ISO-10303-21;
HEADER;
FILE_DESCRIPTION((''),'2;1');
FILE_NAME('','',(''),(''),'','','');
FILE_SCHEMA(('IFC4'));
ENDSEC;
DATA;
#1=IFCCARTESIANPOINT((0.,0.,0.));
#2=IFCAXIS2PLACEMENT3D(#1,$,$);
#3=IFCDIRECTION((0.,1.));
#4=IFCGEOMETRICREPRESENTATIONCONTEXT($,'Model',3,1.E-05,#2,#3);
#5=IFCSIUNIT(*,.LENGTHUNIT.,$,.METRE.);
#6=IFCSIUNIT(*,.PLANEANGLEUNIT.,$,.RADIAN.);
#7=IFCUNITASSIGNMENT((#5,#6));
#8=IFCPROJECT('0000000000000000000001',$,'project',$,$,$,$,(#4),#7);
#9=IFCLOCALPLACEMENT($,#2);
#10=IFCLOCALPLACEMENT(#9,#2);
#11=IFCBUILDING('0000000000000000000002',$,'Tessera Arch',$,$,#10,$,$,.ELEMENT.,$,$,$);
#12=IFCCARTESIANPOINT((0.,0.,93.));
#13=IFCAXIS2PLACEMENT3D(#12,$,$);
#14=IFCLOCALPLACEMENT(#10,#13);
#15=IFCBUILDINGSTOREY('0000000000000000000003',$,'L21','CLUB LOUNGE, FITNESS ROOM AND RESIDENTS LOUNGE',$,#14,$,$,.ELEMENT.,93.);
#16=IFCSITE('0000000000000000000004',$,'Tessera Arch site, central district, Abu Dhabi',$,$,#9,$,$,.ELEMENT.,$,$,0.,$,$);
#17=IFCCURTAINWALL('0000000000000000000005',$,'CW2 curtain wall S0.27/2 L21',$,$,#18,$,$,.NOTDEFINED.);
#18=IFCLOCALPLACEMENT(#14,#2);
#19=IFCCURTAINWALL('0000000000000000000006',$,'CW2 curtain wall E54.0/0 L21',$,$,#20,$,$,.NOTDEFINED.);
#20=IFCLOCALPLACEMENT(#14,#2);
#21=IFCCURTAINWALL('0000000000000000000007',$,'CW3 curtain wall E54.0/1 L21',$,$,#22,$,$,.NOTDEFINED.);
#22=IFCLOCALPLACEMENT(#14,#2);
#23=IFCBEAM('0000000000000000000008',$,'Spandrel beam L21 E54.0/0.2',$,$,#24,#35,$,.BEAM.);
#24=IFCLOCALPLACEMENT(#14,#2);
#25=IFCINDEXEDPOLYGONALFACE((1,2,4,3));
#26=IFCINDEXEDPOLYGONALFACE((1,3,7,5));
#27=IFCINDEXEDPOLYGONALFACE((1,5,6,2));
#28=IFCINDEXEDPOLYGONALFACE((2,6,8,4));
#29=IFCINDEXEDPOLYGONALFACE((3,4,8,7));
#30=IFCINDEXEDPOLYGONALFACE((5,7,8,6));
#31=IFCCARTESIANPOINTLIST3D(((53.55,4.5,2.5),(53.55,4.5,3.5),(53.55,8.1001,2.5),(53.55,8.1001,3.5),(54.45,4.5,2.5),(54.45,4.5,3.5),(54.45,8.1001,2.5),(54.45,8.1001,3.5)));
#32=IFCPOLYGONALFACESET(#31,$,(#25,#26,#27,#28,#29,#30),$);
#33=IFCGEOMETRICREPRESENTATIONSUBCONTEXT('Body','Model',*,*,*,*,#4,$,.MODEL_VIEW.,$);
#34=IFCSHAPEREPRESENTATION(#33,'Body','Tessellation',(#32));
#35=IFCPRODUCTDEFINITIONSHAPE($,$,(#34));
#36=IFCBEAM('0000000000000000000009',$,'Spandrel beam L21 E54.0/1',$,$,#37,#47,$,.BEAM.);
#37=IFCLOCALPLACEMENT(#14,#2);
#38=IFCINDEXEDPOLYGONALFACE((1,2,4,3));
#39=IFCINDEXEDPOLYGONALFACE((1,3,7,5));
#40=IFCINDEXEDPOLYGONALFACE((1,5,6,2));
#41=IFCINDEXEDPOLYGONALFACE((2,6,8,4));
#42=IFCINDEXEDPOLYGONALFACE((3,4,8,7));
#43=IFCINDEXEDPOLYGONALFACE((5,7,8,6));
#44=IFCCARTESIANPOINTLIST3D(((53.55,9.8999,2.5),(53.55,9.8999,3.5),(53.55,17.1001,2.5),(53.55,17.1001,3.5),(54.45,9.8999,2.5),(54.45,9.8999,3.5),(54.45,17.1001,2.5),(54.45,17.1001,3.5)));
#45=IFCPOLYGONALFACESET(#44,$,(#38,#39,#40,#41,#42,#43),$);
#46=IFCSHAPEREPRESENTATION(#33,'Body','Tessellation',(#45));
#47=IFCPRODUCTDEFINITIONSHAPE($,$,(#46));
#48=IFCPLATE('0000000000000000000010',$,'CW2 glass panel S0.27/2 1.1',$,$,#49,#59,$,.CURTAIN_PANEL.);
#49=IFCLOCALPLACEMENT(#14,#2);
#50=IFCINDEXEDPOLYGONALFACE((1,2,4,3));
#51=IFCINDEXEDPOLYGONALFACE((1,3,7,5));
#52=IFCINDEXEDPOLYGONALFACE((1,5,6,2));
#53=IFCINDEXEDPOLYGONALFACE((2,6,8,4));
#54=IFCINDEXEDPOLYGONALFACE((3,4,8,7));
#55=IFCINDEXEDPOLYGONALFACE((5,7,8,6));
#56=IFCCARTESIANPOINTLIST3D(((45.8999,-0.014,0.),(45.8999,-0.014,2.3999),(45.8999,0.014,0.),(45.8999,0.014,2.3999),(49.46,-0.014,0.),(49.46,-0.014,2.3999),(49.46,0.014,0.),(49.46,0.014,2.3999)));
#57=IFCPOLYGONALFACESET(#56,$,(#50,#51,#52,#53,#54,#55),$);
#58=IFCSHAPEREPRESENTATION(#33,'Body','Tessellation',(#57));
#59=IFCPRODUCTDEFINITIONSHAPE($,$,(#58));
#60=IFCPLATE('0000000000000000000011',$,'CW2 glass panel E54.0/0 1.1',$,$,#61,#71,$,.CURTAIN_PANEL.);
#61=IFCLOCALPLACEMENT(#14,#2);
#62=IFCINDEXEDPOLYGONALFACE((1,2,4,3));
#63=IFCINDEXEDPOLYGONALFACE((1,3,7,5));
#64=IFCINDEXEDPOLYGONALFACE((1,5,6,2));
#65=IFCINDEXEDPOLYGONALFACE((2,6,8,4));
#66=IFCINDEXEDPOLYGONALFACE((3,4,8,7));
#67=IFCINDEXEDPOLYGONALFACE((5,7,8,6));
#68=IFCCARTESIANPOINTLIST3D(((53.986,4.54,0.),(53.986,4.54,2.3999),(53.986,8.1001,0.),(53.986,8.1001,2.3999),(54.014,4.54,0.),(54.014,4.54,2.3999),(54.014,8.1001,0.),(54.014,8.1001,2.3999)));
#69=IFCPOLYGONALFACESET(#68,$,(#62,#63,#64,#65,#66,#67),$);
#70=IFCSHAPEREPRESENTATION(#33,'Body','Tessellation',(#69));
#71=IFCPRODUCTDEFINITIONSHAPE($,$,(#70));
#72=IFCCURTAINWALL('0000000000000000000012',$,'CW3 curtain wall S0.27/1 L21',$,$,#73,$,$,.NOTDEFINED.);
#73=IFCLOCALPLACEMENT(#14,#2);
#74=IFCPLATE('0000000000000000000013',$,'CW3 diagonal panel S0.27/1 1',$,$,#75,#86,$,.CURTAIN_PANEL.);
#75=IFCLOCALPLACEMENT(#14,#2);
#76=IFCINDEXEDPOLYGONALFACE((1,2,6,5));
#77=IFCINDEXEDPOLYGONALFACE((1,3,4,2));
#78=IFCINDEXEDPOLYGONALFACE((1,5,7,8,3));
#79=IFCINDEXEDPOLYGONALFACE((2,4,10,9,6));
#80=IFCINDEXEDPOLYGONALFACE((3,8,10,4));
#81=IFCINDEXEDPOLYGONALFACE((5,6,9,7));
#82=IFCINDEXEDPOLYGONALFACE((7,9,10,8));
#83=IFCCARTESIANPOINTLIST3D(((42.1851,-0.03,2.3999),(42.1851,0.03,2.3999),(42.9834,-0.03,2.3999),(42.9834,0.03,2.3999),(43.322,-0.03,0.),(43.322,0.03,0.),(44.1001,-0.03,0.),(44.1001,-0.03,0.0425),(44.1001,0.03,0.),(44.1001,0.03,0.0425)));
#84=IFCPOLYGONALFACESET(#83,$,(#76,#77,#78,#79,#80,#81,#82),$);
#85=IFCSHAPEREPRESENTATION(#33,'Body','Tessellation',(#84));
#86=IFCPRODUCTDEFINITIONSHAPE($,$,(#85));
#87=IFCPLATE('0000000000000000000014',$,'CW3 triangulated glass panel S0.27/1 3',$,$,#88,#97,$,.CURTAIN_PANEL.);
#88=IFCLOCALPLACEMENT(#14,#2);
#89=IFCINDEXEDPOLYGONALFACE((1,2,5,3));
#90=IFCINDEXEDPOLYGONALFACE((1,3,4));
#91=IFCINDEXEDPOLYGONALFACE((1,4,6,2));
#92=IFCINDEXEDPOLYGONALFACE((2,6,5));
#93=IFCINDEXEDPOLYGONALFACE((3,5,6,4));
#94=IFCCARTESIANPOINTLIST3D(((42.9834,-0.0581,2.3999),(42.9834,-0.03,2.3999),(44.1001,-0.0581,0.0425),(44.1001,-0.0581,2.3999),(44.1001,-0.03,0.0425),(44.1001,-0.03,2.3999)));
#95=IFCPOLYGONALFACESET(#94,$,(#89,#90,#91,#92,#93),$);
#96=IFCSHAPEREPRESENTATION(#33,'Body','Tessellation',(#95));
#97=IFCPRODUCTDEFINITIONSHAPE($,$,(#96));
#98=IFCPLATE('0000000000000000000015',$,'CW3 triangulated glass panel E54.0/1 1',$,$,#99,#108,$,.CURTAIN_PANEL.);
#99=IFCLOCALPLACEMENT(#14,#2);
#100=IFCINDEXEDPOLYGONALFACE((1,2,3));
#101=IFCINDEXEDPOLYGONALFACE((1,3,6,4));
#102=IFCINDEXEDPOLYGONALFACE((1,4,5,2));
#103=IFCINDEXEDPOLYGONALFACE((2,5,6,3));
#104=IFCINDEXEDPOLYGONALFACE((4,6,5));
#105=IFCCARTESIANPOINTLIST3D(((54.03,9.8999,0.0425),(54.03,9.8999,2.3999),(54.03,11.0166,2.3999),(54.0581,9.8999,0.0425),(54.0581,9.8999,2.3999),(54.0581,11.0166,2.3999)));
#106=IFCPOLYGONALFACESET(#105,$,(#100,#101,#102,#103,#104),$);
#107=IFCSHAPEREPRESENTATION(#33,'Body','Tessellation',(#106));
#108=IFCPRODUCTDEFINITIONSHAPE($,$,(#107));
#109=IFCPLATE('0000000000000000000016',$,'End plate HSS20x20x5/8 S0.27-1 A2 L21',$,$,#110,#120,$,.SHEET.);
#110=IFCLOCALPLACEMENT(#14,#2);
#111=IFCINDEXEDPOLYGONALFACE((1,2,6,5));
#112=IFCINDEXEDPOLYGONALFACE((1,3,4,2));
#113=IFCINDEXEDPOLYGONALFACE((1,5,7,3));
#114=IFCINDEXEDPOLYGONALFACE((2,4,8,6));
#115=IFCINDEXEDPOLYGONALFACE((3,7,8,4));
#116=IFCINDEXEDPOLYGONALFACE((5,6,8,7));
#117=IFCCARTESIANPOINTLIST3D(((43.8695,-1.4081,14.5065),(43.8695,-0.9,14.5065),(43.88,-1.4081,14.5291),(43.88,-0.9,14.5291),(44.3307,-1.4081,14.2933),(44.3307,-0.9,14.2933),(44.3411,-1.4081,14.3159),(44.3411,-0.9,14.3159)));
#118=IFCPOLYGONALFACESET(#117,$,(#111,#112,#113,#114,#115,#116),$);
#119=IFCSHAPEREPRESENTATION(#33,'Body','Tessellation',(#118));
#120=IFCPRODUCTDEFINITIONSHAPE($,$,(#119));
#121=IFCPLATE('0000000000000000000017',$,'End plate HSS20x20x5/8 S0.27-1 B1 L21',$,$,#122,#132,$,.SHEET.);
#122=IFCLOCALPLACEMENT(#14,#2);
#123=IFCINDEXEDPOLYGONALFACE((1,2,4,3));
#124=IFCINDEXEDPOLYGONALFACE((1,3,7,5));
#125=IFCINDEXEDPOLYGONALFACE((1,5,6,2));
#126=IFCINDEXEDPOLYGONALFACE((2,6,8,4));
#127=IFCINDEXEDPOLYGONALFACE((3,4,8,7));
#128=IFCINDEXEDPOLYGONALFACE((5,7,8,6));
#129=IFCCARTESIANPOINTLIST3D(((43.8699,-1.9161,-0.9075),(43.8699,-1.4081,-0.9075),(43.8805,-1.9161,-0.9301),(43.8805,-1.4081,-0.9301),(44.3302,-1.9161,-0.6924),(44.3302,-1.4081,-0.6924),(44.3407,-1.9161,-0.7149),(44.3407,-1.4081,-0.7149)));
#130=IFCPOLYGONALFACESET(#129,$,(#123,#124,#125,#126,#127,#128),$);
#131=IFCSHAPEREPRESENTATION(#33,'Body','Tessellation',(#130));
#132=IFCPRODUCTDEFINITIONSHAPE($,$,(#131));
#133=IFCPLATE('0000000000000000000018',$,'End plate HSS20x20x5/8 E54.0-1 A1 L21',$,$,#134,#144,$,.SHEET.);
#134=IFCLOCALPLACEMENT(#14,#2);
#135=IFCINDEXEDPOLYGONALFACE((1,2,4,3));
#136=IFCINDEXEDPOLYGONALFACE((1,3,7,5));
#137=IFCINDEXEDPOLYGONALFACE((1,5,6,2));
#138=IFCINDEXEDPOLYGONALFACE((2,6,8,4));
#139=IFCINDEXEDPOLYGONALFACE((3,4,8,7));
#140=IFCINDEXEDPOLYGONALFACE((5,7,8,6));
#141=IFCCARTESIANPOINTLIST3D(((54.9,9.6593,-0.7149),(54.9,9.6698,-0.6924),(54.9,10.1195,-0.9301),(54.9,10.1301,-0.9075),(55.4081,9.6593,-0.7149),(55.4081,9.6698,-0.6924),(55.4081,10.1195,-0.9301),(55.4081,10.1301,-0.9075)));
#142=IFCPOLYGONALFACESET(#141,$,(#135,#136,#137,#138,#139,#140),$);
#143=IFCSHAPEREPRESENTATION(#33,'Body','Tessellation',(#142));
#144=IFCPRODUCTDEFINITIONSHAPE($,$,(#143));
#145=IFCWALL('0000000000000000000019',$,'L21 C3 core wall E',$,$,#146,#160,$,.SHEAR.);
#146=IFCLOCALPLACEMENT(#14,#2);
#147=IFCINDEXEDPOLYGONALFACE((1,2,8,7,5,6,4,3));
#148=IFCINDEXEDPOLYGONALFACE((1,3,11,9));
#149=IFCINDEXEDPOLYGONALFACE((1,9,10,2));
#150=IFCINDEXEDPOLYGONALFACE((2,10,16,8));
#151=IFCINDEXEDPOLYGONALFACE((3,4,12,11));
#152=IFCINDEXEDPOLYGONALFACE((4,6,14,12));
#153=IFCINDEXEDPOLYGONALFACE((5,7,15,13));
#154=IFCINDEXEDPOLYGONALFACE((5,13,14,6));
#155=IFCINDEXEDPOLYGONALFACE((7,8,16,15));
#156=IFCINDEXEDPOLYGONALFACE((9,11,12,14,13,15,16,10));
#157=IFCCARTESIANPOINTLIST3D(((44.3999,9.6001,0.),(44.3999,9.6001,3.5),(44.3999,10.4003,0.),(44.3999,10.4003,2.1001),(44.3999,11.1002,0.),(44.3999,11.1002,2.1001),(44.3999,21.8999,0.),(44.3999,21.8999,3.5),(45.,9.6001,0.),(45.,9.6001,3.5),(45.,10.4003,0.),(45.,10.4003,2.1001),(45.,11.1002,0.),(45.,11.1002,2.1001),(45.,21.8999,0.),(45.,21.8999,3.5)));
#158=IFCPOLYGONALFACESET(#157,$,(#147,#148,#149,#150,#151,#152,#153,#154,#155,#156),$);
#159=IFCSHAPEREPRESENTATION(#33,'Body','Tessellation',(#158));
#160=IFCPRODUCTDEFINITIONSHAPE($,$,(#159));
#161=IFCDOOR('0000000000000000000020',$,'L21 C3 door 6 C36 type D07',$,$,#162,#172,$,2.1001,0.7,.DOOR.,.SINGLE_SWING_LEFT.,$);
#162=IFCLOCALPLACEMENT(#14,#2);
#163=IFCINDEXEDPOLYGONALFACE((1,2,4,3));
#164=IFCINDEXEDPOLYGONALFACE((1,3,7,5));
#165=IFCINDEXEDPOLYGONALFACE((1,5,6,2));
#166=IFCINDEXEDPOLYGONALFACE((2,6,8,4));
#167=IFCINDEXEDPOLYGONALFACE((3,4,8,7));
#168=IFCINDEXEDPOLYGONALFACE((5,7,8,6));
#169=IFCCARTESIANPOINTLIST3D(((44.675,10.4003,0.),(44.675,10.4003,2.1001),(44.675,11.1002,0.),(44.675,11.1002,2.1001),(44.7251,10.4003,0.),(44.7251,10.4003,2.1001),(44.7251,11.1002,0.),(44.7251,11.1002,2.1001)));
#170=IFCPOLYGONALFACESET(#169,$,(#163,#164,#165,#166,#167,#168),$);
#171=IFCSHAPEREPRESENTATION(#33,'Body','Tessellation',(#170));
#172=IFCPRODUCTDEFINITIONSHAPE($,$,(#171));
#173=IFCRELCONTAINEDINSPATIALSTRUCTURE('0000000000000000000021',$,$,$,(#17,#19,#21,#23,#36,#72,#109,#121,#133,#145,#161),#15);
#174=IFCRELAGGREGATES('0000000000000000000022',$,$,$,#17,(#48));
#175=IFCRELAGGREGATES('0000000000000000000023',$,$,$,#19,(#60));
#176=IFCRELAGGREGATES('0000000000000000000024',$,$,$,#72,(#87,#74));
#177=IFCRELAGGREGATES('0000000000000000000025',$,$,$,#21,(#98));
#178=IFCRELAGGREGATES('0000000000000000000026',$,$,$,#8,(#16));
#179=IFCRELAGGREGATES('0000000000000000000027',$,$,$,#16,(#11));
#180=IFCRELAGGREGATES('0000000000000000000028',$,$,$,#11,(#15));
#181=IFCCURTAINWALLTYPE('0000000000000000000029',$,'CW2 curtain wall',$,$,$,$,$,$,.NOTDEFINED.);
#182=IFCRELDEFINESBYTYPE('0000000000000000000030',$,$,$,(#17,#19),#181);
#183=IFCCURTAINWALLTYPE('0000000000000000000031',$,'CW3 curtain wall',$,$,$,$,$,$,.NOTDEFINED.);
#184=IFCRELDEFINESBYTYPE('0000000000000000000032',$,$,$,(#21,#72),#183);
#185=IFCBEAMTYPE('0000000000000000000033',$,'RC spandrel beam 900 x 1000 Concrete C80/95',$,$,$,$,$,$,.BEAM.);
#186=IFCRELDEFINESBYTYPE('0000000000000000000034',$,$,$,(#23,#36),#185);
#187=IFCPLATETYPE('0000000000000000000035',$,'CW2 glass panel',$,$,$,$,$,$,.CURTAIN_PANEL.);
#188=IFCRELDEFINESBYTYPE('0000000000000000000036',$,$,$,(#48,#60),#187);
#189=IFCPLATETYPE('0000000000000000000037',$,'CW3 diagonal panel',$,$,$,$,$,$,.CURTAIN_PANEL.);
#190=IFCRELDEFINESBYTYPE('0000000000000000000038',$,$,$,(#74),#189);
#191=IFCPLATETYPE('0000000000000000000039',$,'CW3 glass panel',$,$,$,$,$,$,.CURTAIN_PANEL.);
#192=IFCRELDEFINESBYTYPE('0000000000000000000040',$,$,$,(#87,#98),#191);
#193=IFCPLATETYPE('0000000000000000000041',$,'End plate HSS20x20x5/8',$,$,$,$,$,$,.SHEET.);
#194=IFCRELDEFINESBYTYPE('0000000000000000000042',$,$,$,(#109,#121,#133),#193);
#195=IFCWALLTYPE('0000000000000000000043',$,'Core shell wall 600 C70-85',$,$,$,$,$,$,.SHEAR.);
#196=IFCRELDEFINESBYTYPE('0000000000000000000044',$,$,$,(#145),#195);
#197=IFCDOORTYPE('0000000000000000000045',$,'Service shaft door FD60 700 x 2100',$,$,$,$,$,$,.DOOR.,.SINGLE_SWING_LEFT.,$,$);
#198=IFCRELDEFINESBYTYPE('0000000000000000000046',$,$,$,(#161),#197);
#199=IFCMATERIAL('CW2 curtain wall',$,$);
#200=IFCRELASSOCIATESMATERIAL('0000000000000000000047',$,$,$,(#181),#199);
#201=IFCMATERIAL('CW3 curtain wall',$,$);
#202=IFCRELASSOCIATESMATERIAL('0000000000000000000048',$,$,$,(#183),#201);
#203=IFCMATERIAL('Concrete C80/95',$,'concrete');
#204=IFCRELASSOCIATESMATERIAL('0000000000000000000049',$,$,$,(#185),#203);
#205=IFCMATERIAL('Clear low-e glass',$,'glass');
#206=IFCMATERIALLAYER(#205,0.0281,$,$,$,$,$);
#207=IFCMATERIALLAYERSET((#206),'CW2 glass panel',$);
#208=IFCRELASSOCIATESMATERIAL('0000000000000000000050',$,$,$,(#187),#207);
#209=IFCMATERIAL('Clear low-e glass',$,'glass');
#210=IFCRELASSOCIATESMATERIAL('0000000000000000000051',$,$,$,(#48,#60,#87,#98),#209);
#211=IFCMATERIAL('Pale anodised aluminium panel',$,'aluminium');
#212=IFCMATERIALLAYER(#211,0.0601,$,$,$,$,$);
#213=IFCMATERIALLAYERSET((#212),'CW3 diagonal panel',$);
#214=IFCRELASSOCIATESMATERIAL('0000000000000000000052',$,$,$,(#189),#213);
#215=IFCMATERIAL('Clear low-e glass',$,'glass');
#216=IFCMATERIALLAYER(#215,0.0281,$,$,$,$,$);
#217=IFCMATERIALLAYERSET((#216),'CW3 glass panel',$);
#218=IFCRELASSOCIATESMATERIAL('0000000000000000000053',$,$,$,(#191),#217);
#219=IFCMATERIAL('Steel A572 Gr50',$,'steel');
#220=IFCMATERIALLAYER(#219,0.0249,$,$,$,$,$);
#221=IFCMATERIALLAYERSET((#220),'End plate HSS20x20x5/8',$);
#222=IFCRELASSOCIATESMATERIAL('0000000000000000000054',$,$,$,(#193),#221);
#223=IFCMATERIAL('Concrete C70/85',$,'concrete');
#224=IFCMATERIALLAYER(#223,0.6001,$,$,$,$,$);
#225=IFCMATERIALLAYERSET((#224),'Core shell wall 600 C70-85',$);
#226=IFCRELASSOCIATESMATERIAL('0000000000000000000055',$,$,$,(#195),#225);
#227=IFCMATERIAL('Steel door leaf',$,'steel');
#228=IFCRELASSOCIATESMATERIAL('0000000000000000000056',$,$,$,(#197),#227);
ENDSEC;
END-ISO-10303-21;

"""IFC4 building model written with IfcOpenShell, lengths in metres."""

from ifc_helpers import new_model, si_unit, direction, frame, frame_2d, origin, origin_2d, place, context, subcontext, project, spatial, polyline, rectangle, outline, extrude, material, layer, layer_set, material_profile, profile_set, type_object, element, fill, aggregate, save


model = new_model("IFC4")

# Units and contexts
model_context = context("Model", 3, precision=1e-05, world=origin(), true_north=direction((0.0, 1.0)))
body_context = subcontext(model_context, "Body", "Model", "MODEL_VIEW")
ifc_project = project(units=[si_unit("LENGTHUNIT", "METRE"), si_unit("PLANEANGLEUNIT", "RADIAN")], contexts=[model_context])

# Site, building, storey
site_placement = place(None, origin())
site = spatial("IfcSite", under=ifc_project, at=site_placement, Name="Tessera Arch site, central district, Abu Dhabi", CompositionType="ELEMENT", RefElevation=0.0)
building_placement = place(site_placement, origin())
building = spatial("IfcBuilding", under=site, at=building_placement, Name="Tessera Arch", CompositionType="ELEMENT")
storey_placement = place(building_placement, frame((0.0, 0.0, 93.0)))
storey = spatial("IfcBuildingStorey", under=building, at=storey_placement, Name="L21", Description="CLUB LOUNGE, FITNESS ROOM AND RESIDENTS LOUNGE", CompositionType="ELEMENT", Elevation=93.0)

# Curtain walls
ifc_material_1 = material(Name="CW2 curtain wall")
curtain_wall_type_1 = type_object("IfcCurtainWallType", Name="CW2 curtain wall", PredefinedType="NOTDEFINED", material=ifc_material_1)
curtain_wall_1_placement = place(storey_placement, origin())
curtain_wall_1 = element("IfcCurtainWall", 1, at=curtain_wall_1_placement, inside=storey, type_object=curtain_wall_type_1, Name="CW2 curtain wall S0.27/2 L21", PredefinedType="NOTDEFINED")
curtain_wall_2_placement = place(storey_placement, origin())
curtain_wall_2 = element("IfcCurtainWall", 2, at=curtain_wall_2_placement, inside=storey, type_object=curtain_wall_type_1, Name="CW2 curtain wall E54.0/0 L21", PredefinedType="NOTDEFINED")
ifc_material_2 = material(Name="CW3 curtain wall")
curtain_wall_type_2 = type_object("IfcCurtainWallType", Name="CW3 curtain wall", PredefinedType="NOTDEFINED", material=ifc_material_2)
curtain_wall_3_placement = place(storey_placement, origin())
curtain_wall_3 = element("IfcCurtainWall", 3, at=curtain_wall_3_placement, inside=storey, type_object=curtain_wall_type_2, Name="CW3 curtain wall E54.0/1 L21", PredefinedType="NOTDEFINED")

# Beams
ifc_material_3 = material(Name="Concrete C80/95", Category="concrete")
ifc_material_profile_1 = material_profile(ifc_material_3, rectangle(XDim=0.8999, YDim=1.0, at=origin_2d()), Name="RC spandrel beam 900 x 1000 Concrete C80/95")
ifc_profile_set_1 = profile_set([ifc_material_profile_1], Name="Concrete C80/95")
beam_type = type_object("IfcBeamType", Name="RC spandrel beam 900 x 1000 Concrete C80/95", PredefinedType="BEAM", material=ifc_profile_set_1)
beam_1_placement = place(storey_placement, frame((54.0, 4.5, 3.0), z_axis=(0.0, 1.0, 0.0), x_axis=(-1.0, 0.0, 0.0)))
element("IfcBeam", 4, at=beam_1_placement, inside=storey, type_object=beam_type, Name="Spandrel beam L21 E54.0/0.2", PredefinedType="BEAM", context=body_context, shape_type="SweptSolid", body=[
    extrude(rectangle(XDim=0.8999, YDim=1.0, at=origin_2d()), origin(), (0.0, 0.0, 1.0), 3.6001),
])
beam_2_placement = place(storey_placement, frame((54.0, 9.8999, 3.0), z_axis=(0.0, 1.0, 0.0), x_axis=(-1.0, 0.0, 0.0)))
element("IfcBeam", 5, at=beam_2_placement, inside=storey, type_object=beam_type, Name="Spandrel beam L21 E54.0/1", PredefinedType="BEAM", context=body_context, shape_type="SweptSolid", body=[
    extrude(rectangle(XDim=0.8999, YDim=1.0, at=origin_2d()), origin(), (0.0, 0.0, 1.0), 7.2002),
])

# Plates
ifc_material_4 = material(Name="Clear low-e glass", Category="glass")
ifc_material_5 = material(Name="Clear low-e glass", Category="glass")
ifc_layer_1 = layer(ifc_material_5, 0.0281)
ifc_layer_set_1 = layer_set([ifc_layer_1], Name="CW2 glass panel")
plate_type_1 = type_object("IfcPlateType", Name="CW2 glass panel", PredefinedType="CURTAIN_PANEL", material=ifc_layer_set_1)
plate_1_placement = place(storey_placement, frame((47.6799, 0.0, 0.0), z_axis=(0.0, 0.0, 1.0), x_axis=(1.0, 0.0, 0.0)))
plate_1 = element("IfcPlate", 6, at=plate_1_placement, type_object=plate_type_1, material=ifc_material_4, Name="CW2 glass panel S0.27/2 1.1", PredefinedType="CURTAIN_PANEL", context=body_context, shape_type="SweptSolid", body=[
    extrude(rectangle(XDim=3.5601, YDim=0.0281, at=origin_2d()), origin(), (0.0, 0.0, 1.0), 2.3999),
])
aggregate(curtain_wall_1, [plate_1])
plate_2_placement = place(storey_placement, frame((54.0, 6.3201, 0.0), z_axis=(0.0, 0.0, 1.0), x_axis=(0.0, 1.0, 0.0)))
plate_2 = element("IfcPlate", 7, at=plate_2_placement, type_object=plate_type_1, material=ifc_material_4, Name="CW2 glass panel E54.0/0 1.1", PredefinedType="CURTAIN_PANEL", context=body_context, shape_type="SweptSolid", body=[
    extrude(rectangle(XDim=3.5601, YDim=0.0281, at=origin_2d()), origin(), (0.0, 0.0, 1.0), 2.3999),
])
aggregate(curtain_wall_2, [plate_2])

# Curtain wall, plates
curtain_wall_4_placement = place(storey_placement, origin())
curtain_wall_4 = element("IfcCurtainWall", 8, at=curtain_wall_4_placement, inside=storey, type_object=curtain_wall_type_2, Name="CW3 curtain wall S0.27/1 L21", PredefinedType="NOTDEFINED")
ifc_material_6 = material(Name="Pale anodised aluminium panel", Category="aluminium")
ifc_layer_2 = layer(ifc_material_6, 0.0601)
ifc_layer_set_2 = layer_set([ifc_layer_2], Name="CW3 diagonal panel")
plate_type_2 = type_object("IfcPlateType", Name="CW3 diagonal panel", PredefinedType="CURTAIN_PANEL", material=ifc_layer_set_2)
plate_3_placement = place(storey_placement, frame((44.1001, -0.03, 0.0), z_axis=(0.0, -1.0, 0.0), x_axis=(0.0, 0.0, 1.0)))
plate_3 = element("IfcPlate", 9, at=plate_3_placement, type_object=plate_type_2, Name="CW3 diagonal panel S0.27/1 1", PredefinedType="CURTAIN_PANEL", context=body_context, shape_type="SweptSolid", body=[
    extrude(outline(polyline([(0.0, 0.0), (0.0425, 0.0), (2.3999, 1.1167), (2.3999, 1.915), (0.0, 0.7781), (0.0, 0.0)])), origin(), (0.0, 0.0, -1.0), 0.0601),
])
ifc_material_7 = material(Name="Clear low-e glass", Category="glass")
ifc_layer_3 = layer(ifc_material_7, 0.0281)
ifc_layer_set_3 = layer_set([ifc_layer_3], Name="CW3 glass panel")
plate_type_3 = type_object("IfcPlateType", Name="CW3 glass panel", PredefinedType="CURTAIN_PANEL", material=ifc_layer_set_3)
plate_4_placement = place(storey_placement, frame((44.1001, -0.0581, 2.3999), z_axis=(0.0, -1.0, 0.0), x_axis=(-1.0, 0.0, 0.0)))
plate_4 = element("IfcPlate", 10, at=plate_4_placement, type_object=plate_type_3, material=ifc_material_4, Name="CW3 triangulated glass panel S0.27/1 3", PredefinedType="CURTAIN_PANEL", context=body_context, shape_type="SweptSolid", body=[
    extrude(outline(polyline([(0.0, 0.0), (1.1167, 0.0), (0.0, 2.3574), (0.0, 0.0)])), origin(), (0.0, 0.0, -1.0), 0.0281),
])
aggregate(curtain_wall_4, [plate_4, plate_3])

# Plate
plate_5_placement = place(storey_placement, frame((54.0581, 9.8999, 2.3999), z_axis=(1.0, 0.0, 0.0), x_axis=(0.0, 0.0, -1.0)))
plate_5 = element("IfcPlate", 11, at=plate_5_placement, type_object=plate_type_3, material=ifc_material_4, Name="CW3 triangulated glass panel E54.0/1 1", PredefinedType="CURTAIN_PANEL", context=body_context, shape_type="SweptSolid", body=[
    extrude(outline(polyline([(0.0, 0.0), (2.3574, 0.0), (0.0, 1.1167), (0.0, 0.0)])), origin(), (0.0, 0.0, -1.0), 0.0281),
])
aggregate(curtain_wall_3, [plate_5])

# Plates
ifc_material_8 = material(Name="Steel A572 Gr50", Category="steel")
ifc_layer_4 = layer(ifc_material_8, 0.0249)
ifc_layer_set_4 = layer_set([ifc_layer_4], Name="End plate HSS20x20x5/8")
plate_type_4 = type_object("IfcPlateType", Name="End plate HSS20x20x5/8", PredefinedType="SHEET", material=ifc_layer_set_4)
for number, where, z_axis, x_axis, name in (
    (12, (44.1001, -1.1541, 14.3999), (0.419677, 0.0, 0.907674), (0.0, 1.0, 0.0), "End plate HSS20x20x5/8 S0.27-1 A2 L21"),
    (13, (44.1106, -1.6621, -0.8225), (-0.423424, 0.0, 0.905931), (0.0, -1.0, 0.0), "End plate HSS20x20x5/8 S0.27-1 B1 L21"),
    (14, (55.1541, 9.8894, -0.8225), (0.0, 0.423424, 0.905931), (-1.0, 0.0, 0.0), "End plate HSS20x20x5/8 E54.0-1 A1 L21"),
):
    element("IfcPlate", number, at=place(storey_placement, frame(where, z_axis=z_axis, x_axis=x_axis)), inside=storey, type_object=plate_type_4, Name=name, PredefinedType="SHEET", context=body_context, shape_type="SweptSolid", body=[
        extrude(rectangle(XDim=0.5081, YDim=0.5081, at=origin_2d()), origin(), (0.0, 0.0, 1.0), 0.0249),
    ])

# Wall, opening, door
ifc_material_9 = material(Name="Concrete C70/85", Category="concrete")
ifc_layer_5 = layer(ifc_material_9, 0.6001)
ifc_layer_set_5 = layer_set([ifc_layer_5], Name="Core shell wall 600 C70-85")
wall_type_1 = type_object("IfcWallType", Name="Core shell wall 600 C70-85", PredefinedType="SHEAR", material=ifc_layer_set_5)
wall_1_placement = place(storey_placement, frame((44.7, 9.6001, 0.0), z_axis=(0.0, 0.0, 1.0), x_axis=(0.0, 1.0, 0.0)))
wall_1 = element("IfcWall", 15, at=wall_1_placement, inside=storey, type_object=wall_type_1, Name="L21 C3 core wall E", PredefinedType="SHEAR", context=body_context, shape_type="SweptSolid", body=[
    extrude(rectangle(XDim=12.2998, YDim=0.6001, at=frame_2d((6.1499, 0.0))), origin(), (0.0, 0.0, 1.0), 3.5),
])
opening_1_placement = place(wall_1_placement, frame((0.8, 0.0, 0.0)))
opening_1 = element("IfcOpeningElement", 16, at=opening_1_placement, cuts=wall_1, PredefinedType="OPENING", context=body_context, shape_type="SweptSolid", body=[
    extrude(rectangle(XDim=0.7, YDim=2.1001, at=frame_2d((0.3501, 1.05))), frame((0.0, 0.3101, 0.0), z_axis=(0.0, -1.0, 0.0), x_axis=(1.0, 0.0, 0.0)), (0.0, 0.0, 1.0), 0.6201),
])
ifc_material_10 = material(Name="Steel door leaf", Category="steel")
door_type_1 = type_object("IfcDoorType", Name="Service shaft door FD60 700 x 2100", OperationType="SINGLE_SWING_LEFT", PredefinedType="DOOR", material=ifc_material_10)
door_1_placement = place(opening_1_placement, origin())
door_1 = element("IfcDoor", 17, at=door_1_placement, inside=storey, type_object=door_type_1, Name="L21 C3 door 6 C36 type D07", OperationType="SINGLE_SWING_LEFT", OverallHeight=2.1001, OverallWidth=0.7, PredefinedType="DOOR", context=body_context, shape_type="SweptSolid", body=[
    extrude(rectangle(XDim=0.7, YDim=2.1001, at=frame_2d((0.3501, 1.05))), frame((0.0, 0.0249, 0.0), z_axis=(0.0, -1.0, 0.0), x_axis=(1.0, 0.0, 0.0)), (0.0, 0.0, 1.0), 0.05),
])
fill(opening_1, door_1)

save(model, "model.ifc")
